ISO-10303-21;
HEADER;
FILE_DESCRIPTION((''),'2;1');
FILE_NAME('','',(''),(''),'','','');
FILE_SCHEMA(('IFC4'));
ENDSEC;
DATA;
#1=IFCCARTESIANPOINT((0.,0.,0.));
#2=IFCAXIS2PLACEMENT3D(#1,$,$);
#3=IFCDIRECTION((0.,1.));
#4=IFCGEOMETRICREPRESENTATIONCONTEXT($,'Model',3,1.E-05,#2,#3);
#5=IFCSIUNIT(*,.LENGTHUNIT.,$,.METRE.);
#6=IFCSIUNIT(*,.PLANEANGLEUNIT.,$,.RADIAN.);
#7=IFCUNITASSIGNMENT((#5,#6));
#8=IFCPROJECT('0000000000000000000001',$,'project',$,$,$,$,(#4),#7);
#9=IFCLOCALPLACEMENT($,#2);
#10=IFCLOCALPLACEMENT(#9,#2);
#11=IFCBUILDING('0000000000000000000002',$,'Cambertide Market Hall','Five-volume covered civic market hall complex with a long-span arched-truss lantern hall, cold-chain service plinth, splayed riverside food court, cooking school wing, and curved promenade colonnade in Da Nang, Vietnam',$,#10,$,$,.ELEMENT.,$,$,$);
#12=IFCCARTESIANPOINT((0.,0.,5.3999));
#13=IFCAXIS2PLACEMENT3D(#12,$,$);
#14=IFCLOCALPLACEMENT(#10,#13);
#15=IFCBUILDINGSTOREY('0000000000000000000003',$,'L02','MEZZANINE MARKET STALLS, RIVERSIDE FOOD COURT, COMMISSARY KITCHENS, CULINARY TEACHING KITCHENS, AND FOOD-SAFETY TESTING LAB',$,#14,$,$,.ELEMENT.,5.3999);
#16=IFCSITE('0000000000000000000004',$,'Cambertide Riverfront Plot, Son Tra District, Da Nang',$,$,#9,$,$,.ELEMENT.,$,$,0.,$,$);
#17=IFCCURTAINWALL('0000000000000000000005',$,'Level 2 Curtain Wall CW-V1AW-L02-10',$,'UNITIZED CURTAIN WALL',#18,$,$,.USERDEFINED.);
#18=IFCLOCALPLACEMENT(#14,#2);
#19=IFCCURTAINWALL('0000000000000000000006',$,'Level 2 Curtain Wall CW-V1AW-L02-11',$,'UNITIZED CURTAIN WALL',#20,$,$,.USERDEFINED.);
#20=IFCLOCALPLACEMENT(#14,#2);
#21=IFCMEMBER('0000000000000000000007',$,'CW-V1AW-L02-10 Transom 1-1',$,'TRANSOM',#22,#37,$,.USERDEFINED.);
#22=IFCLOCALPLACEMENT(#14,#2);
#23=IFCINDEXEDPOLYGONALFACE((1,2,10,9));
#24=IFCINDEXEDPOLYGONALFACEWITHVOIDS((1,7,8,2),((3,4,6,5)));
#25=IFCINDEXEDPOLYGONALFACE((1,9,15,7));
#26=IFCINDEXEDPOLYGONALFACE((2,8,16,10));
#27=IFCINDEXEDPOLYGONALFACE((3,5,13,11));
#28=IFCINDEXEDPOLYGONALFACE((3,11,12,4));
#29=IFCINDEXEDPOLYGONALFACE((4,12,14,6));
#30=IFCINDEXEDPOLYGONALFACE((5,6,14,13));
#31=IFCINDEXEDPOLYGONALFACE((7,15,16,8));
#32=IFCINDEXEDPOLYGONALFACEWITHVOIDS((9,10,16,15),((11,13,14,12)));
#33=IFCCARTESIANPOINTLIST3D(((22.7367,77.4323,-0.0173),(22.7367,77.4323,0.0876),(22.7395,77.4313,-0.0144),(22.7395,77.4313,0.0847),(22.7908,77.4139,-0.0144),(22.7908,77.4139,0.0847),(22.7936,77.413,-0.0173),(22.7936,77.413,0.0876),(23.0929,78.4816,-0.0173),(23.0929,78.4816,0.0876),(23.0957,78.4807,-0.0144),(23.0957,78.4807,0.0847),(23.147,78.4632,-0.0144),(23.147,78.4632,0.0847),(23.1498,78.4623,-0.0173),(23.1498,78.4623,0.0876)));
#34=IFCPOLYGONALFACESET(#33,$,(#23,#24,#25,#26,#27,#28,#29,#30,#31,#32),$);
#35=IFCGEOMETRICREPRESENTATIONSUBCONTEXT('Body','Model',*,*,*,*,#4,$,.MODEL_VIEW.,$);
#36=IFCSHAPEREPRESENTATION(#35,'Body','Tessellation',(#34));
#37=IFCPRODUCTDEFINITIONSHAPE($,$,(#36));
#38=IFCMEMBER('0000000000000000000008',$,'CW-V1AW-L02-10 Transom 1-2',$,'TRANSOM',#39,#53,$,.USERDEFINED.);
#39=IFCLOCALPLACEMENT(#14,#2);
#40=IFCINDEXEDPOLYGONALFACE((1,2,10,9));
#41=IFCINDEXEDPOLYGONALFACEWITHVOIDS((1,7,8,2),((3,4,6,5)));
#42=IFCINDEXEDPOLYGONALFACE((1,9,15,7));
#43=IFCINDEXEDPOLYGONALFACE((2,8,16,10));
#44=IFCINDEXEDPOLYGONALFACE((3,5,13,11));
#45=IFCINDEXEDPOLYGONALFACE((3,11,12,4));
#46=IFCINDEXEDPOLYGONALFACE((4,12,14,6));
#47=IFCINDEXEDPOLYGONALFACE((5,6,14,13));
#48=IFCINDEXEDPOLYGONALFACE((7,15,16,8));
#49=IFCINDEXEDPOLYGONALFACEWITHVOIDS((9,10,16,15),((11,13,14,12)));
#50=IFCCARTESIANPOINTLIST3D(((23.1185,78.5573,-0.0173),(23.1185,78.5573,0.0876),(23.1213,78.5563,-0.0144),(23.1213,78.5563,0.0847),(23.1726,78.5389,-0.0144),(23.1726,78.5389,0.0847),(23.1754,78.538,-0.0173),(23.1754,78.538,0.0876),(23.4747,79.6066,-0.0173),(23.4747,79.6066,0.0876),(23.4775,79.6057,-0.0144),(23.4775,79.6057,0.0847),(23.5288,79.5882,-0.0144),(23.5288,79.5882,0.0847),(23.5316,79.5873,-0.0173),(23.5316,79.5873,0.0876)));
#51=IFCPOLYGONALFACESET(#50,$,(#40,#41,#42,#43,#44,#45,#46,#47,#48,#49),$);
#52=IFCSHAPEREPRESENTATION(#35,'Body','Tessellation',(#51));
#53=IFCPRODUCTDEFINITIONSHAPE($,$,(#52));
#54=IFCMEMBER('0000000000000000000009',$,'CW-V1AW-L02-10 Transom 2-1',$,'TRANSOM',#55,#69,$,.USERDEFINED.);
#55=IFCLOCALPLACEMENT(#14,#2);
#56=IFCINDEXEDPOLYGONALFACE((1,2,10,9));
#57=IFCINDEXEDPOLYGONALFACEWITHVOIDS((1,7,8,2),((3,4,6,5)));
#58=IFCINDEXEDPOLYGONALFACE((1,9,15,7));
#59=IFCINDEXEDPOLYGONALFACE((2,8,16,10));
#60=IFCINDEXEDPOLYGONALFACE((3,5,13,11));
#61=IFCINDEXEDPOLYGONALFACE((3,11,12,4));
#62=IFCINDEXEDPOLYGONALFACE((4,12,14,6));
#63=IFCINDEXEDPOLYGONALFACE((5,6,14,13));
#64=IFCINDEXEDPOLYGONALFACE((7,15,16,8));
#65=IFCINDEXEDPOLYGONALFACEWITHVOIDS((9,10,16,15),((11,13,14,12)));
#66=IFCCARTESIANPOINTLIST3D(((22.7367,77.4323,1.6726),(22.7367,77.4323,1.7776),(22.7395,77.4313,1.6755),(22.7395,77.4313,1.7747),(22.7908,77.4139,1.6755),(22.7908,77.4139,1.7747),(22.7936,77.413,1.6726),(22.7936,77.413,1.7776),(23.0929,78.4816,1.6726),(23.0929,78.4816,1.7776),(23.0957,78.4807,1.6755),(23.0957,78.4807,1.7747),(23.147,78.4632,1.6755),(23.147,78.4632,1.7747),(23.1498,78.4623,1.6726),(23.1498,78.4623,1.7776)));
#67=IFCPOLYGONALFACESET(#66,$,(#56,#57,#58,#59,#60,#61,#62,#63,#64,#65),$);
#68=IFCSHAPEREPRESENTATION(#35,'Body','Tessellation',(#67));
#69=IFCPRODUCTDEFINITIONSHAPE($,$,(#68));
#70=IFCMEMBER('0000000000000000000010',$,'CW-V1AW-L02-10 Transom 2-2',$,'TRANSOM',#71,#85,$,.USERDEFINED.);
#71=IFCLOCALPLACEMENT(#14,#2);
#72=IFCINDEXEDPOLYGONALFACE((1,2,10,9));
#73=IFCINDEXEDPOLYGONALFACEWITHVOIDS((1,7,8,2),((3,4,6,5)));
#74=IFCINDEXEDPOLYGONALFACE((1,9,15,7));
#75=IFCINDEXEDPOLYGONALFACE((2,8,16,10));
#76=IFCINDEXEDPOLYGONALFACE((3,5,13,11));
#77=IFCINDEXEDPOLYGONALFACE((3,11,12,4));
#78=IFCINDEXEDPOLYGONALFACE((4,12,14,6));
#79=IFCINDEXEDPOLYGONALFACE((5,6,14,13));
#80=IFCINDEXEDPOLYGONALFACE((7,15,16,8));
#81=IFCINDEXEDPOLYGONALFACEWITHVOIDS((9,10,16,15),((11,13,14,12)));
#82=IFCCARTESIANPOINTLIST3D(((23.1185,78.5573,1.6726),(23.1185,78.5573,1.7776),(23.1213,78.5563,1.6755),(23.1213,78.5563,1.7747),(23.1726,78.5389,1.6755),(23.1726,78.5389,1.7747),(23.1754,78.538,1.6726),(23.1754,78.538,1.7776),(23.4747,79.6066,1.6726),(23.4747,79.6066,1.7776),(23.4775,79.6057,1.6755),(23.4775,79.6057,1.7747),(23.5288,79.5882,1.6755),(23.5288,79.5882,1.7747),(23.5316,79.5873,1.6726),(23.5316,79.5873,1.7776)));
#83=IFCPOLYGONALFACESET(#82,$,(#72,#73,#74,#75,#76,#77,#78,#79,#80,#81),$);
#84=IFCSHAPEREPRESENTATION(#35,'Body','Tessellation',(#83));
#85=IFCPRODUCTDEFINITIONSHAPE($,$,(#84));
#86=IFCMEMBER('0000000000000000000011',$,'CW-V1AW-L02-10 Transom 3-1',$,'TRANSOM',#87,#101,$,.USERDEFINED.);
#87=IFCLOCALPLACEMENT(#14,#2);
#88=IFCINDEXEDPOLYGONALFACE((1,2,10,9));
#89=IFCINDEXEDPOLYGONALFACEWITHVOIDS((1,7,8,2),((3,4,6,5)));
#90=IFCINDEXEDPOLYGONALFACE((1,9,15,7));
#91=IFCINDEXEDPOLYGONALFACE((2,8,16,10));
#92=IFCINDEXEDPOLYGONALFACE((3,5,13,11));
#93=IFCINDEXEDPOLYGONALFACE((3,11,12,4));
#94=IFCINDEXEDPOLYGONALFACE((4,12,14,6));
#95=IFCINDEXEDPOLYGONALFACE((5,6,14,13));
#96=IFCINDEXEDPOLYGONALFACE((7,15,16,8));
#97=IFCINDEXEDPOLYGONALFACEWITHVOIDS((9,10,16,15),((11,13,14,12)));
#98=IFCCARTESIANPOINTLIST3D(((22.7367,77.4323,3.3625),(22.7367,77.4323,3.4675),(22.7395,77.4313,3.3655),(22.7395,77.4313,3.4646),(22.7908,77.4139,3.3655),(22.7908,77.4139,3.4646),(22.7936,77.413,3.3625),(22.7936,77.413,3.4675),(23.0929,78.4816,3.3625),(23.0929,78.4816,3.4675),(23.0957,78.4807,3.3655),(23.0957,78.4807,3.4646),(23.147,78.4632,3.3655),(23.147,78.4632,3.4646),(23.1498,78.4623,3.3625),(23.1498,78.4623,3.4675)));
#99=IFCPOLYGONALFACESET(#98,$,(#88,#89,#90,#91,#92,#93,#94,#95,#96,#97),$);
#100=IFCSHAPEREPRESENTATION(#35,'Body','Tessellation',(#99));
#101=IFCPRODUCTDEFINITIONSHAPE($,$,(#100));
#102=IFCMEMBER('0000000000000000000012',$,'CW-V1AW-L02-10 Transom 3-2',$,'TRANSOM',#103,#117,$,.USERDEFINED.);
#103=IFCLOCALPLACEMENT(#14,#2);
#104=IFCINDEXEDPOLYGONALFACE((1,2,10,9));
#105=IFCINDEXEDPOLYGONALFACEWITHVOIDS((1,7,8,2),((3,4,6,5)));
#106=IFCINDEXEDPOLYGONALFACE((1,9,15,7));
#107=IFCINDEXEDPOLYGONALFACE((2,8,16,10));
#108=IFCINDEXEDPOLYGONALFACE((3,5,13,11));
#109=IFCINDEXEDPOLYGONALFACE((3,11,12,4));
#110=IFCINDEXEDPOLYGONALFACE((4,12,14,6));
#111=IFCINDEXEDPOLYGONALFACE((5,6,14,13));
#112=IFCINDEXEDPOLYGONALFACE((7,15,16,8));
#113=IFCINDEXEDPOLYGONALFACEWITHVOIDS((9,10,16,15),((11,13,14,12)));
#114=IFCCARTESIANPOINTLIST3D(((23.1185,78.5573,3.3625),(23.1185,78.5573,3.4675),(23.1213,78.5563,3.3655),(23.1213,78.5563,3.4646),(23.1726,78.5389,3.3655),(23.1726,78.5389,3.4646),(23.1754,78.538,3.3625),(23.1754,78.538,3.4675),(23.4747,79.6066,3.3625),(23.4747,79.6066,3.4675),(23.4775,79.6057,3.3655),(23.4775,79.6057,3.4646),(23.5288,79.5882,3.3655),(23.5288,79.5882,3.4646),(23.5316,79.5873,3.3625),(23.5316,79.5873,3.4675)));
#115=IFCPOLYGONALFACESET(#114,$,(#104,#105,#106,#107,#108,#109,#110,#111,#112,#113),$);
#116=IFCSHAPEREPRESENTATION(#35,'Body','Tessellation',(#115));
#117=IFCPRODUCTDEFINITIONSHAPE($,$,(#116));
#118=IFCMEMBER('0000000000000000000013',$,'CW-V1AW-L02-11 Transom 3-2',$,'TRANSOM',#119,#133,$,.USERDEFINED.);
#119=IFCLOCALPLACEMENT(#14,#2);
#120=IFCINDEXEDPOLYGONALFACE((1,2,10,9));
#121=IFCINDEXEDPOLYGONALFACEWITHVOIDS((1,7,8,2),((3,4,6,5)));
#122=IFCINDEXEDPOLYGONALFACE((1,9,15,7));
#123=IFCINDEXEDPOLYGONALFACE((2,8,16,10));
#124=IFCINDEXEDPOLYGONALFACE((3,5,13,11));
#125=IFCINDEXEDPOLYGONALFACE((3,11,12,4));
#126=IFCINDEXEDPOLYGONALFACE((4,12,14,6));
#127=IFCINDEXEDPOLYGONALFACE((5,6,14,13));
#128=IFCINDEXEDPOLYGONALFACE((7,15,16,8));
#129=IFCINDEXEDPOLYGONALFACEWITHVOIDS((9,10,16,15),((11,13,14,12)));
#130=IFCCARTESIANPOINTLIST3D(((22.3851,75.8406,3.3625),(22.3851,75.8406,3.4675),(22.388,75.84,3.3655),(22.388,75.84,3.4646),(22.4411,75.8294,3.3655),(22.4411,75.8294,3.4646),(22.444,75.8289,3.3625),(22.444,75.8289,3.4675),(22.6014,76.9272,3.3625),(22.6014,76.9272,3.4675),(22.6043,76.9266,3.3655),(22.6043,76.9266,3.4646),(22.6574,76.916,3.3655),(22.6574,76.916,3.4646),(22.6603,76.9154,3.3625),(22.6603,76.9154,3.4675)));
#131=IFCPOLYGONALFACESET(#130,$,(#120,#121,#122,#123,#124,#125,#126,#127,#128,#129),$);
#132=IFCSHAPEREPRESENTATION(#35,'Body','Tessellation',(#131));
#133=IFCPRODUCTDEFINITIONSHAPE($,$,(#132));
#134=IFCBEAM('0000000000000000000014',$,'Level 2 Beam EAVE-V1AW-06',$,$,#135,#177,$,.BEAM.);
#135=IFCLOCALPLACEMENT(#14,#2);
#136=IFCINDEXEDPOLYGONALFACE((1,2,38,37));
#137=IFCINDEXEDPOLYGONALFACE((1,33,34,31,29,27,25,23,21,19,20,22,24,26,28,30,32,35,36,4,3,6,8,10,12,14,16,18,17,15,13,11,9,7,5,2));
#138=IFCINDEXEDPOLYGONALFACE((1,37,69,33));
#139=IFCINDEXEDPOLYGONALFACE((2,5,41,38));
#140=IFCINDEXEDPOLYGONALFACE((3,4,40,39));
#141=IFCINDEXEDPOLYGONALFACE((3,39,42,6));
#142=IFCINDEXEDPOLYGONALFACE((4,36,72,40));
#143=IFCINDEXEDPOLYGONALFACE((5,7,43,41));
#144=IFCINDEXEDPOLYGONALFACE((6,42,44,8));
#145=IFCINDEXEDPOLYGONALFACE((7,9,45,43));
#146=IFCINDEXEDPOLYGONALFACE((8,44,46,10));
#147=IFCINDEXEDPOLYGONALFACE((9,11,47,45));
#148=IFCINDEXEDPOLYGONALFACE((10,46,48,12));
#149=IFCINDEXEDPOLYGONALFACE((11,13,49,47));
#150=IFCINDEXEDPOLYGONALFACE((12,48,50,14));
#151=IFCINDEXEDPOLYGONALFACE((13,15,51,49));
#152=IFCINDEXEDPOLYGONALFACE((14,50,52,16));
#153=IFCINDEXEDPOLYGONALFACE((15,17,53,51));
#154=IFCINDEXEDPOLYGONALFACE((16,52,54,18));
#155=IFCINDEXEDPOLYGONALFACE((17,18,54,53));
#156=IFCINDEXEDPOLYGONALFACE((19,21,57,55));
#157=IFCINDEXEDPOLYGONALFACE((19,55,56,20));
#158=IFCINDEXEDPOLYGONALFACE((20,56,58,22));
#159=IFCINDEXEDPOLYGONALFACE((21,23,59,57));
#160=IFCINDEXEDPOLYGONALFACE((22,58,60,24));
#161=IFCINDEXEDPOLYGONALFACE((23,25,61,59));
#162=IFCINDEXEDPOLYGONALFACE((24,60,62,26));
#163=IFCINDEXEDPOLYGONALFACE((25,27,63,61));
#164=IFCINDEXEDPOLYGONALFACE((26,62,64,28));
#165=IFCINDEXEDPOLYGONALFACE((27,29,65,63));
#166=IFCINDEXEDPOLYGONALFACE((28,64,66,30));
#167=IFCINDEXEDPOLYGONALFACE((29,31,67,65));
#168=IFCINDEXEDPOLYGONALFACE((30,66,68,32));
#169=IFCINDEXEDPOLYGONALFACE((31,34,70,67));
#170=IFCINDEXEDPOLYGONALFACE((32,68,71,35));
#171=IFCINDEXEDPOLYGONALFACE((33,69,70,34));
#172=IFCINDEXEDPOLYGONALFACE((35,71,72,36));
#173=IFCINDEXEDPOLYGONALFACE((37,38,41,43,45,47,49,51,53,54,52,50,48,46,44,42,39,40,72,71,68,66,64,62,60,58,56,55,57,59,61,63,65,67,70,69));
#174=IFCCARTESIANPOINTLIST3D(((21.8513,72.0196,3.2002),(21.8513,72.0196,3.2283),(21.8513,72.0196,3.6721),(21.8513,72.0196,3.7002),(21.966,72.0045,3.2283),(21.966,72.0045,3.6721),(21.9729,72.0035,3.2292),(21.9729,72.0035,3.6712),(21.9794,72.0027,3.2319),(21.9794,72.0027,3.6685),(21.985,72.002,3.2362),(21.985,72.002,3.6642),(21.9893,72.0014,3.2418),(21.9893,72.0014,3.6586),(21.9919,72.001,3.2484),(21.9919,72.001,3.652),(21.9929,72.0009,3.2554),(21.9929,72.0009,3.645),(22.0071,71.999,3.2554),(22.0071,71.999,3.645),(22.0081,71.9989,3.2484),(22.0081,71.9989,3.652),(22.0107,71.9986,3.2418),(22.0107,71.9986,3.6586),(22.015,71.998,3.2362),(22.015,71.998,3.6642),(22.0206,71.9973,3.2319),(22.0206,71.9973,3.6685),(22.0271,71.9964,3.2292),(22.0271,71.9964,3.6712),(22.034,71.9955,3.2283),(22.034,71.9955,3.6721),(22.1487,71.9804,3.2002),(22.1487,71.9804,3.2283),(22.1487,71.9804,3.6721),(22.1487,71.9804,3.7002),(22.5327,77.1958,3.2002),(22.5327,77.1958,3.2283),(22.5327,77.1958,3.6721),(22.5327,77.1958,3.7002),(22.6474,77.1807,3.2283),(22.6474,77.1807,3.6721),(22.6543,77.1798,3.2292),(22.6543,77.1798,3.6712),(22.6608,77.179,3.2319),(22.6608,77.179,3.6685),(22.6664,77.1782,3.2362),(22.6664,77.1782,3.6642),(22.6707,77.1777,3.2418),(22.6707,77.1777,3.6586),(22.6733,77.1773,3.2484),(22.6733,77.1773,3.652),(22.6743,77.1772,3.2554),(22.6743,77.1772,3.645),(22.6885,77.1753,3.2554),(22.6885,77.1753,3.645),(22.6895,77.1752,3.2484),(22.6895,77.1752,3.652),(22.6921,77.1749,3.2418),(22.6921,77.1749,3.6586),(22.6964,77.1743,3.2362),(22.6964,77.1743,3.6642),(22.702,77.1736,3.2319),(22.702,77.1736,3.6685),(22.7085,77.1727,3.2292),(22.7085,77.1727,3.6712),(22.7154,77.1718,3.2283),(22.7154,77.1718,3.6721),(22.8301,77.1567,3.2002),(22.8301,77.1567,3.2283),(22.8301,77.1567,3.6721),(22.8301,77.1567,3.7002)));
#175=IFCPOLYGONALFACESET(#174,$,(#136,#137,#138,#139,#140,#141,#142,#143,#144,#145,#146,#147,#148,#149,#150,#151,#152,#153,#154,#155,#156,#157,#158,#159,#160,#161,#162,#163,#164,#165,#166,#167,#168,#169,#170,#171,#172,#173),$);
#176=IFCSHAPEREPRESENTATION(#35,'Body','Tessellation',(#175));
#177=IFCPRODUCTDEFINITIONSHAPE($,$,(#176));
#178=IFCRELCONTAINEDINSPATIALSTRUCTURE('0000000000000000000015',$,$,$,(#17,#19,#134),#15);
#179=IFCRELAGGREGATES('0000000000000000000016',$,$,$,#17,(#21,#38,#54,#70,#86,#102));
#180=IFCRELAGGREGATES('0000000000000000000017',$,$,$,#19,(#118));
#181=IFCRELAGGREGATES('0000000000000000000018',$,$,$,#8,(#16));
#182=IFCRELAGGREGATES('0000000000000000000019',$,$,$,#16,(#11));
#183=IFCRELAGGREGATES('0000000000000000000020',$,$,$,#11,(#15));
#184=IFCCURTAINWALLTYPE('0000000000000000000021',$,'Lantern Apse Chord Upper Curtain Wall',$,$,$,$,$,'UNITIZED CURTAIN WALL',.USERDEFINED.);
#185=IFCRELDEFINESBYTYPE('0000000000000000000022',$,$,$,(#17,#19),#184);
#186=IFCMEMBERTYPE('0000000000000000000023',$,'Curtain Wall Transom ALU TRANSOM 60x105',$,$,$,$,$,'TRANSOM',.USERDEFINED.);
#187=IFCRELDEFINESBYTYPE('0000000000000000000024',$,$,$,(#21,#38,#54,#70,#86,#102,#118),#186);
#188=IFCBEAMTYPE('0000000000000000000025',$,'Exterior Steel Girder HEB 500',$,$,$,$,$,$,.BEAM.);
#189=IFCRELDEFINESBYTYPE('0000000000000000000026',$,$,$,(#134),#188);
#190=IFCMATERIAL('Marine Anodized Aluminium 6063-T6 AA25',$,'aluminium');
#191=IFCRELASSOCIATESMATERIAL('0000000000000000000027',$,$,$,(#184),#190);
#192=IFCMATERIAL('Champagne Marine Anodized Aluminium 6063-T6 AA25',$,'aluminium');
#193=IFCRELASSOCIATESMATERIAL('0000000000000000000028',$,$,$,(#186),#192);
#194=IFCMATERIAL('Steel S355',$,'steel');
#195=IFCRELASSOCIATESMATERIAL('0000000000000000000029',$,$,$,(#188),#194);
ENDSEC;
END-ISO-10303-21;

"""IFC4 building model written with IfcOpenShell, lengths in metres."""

from ifc_helpers import new_model, si_unit, direction, frame, origin, origin_2d, place, context, subcontext, project, spatial, hollow_rectangle, i_section, extrude, material, material_profile, profile_set, type_object, element, aggregate, save


model = new_model("IFC4")

# Units and contexts
model_context = context("Model", 3, precision=1e-05, world=origin(), true_north=direction((0.0, 1.0)))
body_context = subcontext(model_context, "Body", "Model", "MODEL_VIEW")
ifc_project = project(units=[si_unit("LENGTHUNIT", "METRE"), si_unit("PLANEANGLEUNIT", "RADIAN")], contexts=[model_context])

# Site, building, storey
site_placement = place(None, origin())
site = spatial("IfcSite", under=ifc_project, at=site_placement, Name="Cambertide Riverfront Plot, Son Tra District, Da Nang", CompositionType="ELEMENT", RefElevation=0.0)
building_placement = place(site_placement, origin())
building = spatial("IfcBuilding", under=site, at=building_placement, Name="Cambertide Market Hall", Description="Five-volume covered civic market hall complex with a long-span arched-truss lantern hall, cold-chain service plinth, splayed riverside food court, cooking school wing, and curved promenade colonnade in Da Nang, Vietnam", CompositionType="ELEMENT")
storey_placement = place(building_placement, frame((0.0, 0.0, 5.3999)))
storey = spatial("IfcBuildingStorey", under=building, at=storey_placement, Name="L02", Description="MEZZANINE MARKET STALLS, RIVERSIDE FOOD COURT, COMMISSARY KITCHENS, CULINARY TEACHING KITCHENS, AND FOOD-SAFETY TESTING LAB", CompositionType="ELEMENT", Elevation=5.3999)

# Shared definitions
ifc_material_1 = material(Name="Marine Anodized Aluminium 6063-T6 AA25", Category="aluminium")
curtain_wall_type = type_object("IfcCurtainWallType", Name="Lantern Apse Chord Upper Curtain Wall", ElementType="UNITIZED CURTAIN WALL", PredefinedType="USERDEFINED", material=ifc_material_1)

# Curtain wall
curtain_wall_1_placement = place(storey_placement, origin())
curtain_wall_1 = element("IfcCurtainWall", 1, at=curtain_wall_1_placement, inside=storey, type_object=curtain_wall_type, Name="Level 2 Curtain Wall CW-V1AW-L02-10", ObjectType="UNITIZED CURTAIN WALL", PredefinedType="USERDEFINED")

# Curtain wall
curtain_wall_2_placement = place(storey_placement, origin())
curtain_wall_2 = element("IfcCurtainWall", 2, at=curtain_wall_2_placement, inside=storey, type_object=curtain_wall_type, Name="Level 2 Curtain Wall CW-V1AW-L02-11", ObjectType="UNITIZED CURTAIN WALL", PredefinedType="USERDEFINED")

# Members
ifc_material_2 = material(Name="Champagne Marine Anodized Aluminium 6063-T6 AA25", Category="aluminium")
ifc_material_profile_1 = material_profile(ifc_material_2, hollow_rectangle(XDim=0.0601, YDim=0.105, WallThickness=0.0029, at=origin_2d()), Name="ALU TRANSOM 60x105")
ifc_profile_set_1 = profile_set([ifc_material_profile_1], Name="Champagne Marine Anodized Aluminium 6063-T6 AA25")
member_type_1 = type_object("IfcMemberType", Name="Curtain Wall Transom ALU TRANSOM 60x105", ElementType="TRANSOM", PredefinedType="USERDEFINED", material=ifc_profile_set_1)
member_1_placement = place(storey_placement, frame((22.7651, 77.4226, 0.0352), z_axis=(0.321445, 0.946928, 0.0), x_axis=(-0.946928, 0.321445, 0.0)))
member_1 = element("IfcMember", 3, at=member_1_placement, type_object=member_type_1, Name="CW-V1AW-L02-10 Transom 1-1", ObjectType="TRANSOM", PredefinedType="USERDEFINED", context=body_context, shape_type="SweptSolid", body=[
    extrude(hollow_rectangle(XDim=0.0601, YDim=0.105, WallThickness=0.0029, at=origin_2d()), origin(), (0.0, 0.0, 1.0), 1.1082),
])
member_2_placement = place(storey_placement, frame((23.147, 78.5476, 0.0352), z_axis=(0.321445, 0.946928, 0.0), x_axis=(-0.946928, 0.321445, 0.0)))
member_2 = element("IfcMember", 4, at=member_2_placement, type_object=member_type_1, Name="CW-V1AW-L02-10 Transom 1-2", ObjectType="TRANSOM", PredefinedType="USERDEFINED", context=body_context, shape_type="SweptSolid", body=[
    extrude(hollow_rectangle(XDim=0.0601, YDim=0.105, WallThickness=0.0029, at=origin_2d()), origin(), (0.0, 0.0, 1.0), 1.1082),
])
member_3_placement = place(storey_placement, frame((22.7651, 77.4226, 1.7251), z_axis=(0.321445, 0.946928, 0.0), x_axis=(-0.946928, 0.321445, 0.0)))
member_3 = element("IfcMember", 5, at=member_3_placement, type_object=member_type_1, Name="CW-V1AW-L02-10 Transom 2-1", ObjectType="TRANSOM", PredefinedType="USERDEFINED", context=body_context, shape_type="SweptSolid", body=[
    extrude(hollow_rectangle(XDim=0.0601, YDim=0.105, WallThickness=0.0029, at=origin_2d()), origin(), (0.0, 0.0, 1.0), 1.1082),
])
member_4_placement = place(storey_placement, frame((23.147, 78.5476, 1.7251), z_axis=(0.321445, 0.946928, 0.0), x_axis=(-0.946928, 0.321445, 0.0)))
member_4 = element("IfcMember", 6, at=member_4_placement, type_object=member_type_1, Name="CW-V1AW-L02-10 Transom 2-2", ObjectType="TRANSOM", PredefinedType="USERDEFINED", context=body_context, shape_type="SweptSolid", body=[
    extrude(hollow_rectangle(XDim=0.0601, YDim=0.105, WallThickness=0.0029, at=origin_2d()), origin(), (0.0, 0.0, 1.0), 1.1082),
])
member_5_placement = place(storey_placement, frame((22.7651, 77.4226, 3.415), z_axis=(0.321445, 0.946928, 0.0), x_axis=(-0.946928, 0.321445, 0.0)))
member_5 = element("IfcMember", 7, at=member_5_placement, type_object=member_type_1, Name="CW-V1AW-L02-10 Transom 3-1", ObjectType="TRANSOM", PredefinedType="USERDEFINED", context=body_context, shape_type="SweptSolid", body=[
    extrude(hollow_rectangle(XDim=0.0601, YDim=0.105, WallThickness=0.0029, at=origin_2d()), origin(), (0.0, 0.0, 1.0), 1.1082),
])
member_6_placement = place(storey_placement, frame((23.147, 78.5476, 3.415), z_axis=(0.321445, 0.946928, 0.0), x_axis=(-0.946928, 0.321445, 0.0)))
member_6 = element("IfcMember", 8, at=member_6_placement, type_object=member_type_1, Name="CW-V1AW-L02-10 Transom 3-2", ObjectType="TRANSOM", PredefinedType="USERDEFINED", context=body_context, shape_type="SweptSolid", body=[
    extrude(hollow_rectangle(XDim=0.0601, YDim=0.105, WallThickness=0.0029, at=origin_2d()), origin(), (0.0, 0.0, 1.0), 1.1082),
])
member_7_placement = place(storey_placement, frame((22.4146, 75.8347, 3.415), z_axis=(0.195226, 0.980758, 0.0), x_axis=(-0.980758, 0.195226, 0.0)))
member_7 = element("IfcMember", 9, at=member_7_placement, type_object=member_type_1, Name="CW-V1AW-L02-11 Transom 3-2", ObjectType="TRANSOM", PredefinedType="USERDEFINED", context=body_context, shape_type="SweptSolid", body=[
    extrude(hollow_rectangle(XDim=0.0601, YDim=0.105, WallThickness=0.0029, at=origin_2d()), origin(), (0.0, 0.0, 1.0), 1.1079),
])

# Beam
ifc_material_3 = material(Name="Steel S355", Category="steel")
ifc_material_profile_2 = material_profile(ifc_material_3, i_section(OverallWidth=0.3, OverallDepth=0.5, WebThickness=0.0144, FlangeThickness=0.0281, FilletRadius=0.0271, at=origin_2d()), Name="HEB 500")
ifc_profile_set_2 = profile_set([ifc_material_profile_2], Name="Steel S355")
beam_type_1 = type_object("IfcBeamType", Name="Exterior Steel Girder HEB 500", PredefinedType="BEAM", material=ifc_profile_set_2)
beam_1_placement = place(storey_placement, frame((22.6814, 77.1763, 3.4502), z_axis=(-0.130513, -0.991447, 0.0), x_axis=(0.991447, -0.130513, 0.0)))
element("IfcBeam", 10, at=beam_1_placement, inside=storey, type_object=beam_type_1, Name="Level 2 Beam EAVE-V1AW-06", PredefinedType="BEAM", context=body_context, shape_type="SweptSolid", body=[
    extrude(i_section(OverallWidth=0.3, OverallDepth=0.5, WebThickness=0.0144, FlangeThickness=0.0281, FilletRadius=0.0271, at=origin_2d()), origin(), (0.0, 0.0, 1.0), 5.2209),
])

aggregate(curtain_wall_1, [member_1, member_2, member_3, member_4, member_5, member_6])
aggregate(curtain_wall_2, [member_7])

save(model, "model.ifc")
